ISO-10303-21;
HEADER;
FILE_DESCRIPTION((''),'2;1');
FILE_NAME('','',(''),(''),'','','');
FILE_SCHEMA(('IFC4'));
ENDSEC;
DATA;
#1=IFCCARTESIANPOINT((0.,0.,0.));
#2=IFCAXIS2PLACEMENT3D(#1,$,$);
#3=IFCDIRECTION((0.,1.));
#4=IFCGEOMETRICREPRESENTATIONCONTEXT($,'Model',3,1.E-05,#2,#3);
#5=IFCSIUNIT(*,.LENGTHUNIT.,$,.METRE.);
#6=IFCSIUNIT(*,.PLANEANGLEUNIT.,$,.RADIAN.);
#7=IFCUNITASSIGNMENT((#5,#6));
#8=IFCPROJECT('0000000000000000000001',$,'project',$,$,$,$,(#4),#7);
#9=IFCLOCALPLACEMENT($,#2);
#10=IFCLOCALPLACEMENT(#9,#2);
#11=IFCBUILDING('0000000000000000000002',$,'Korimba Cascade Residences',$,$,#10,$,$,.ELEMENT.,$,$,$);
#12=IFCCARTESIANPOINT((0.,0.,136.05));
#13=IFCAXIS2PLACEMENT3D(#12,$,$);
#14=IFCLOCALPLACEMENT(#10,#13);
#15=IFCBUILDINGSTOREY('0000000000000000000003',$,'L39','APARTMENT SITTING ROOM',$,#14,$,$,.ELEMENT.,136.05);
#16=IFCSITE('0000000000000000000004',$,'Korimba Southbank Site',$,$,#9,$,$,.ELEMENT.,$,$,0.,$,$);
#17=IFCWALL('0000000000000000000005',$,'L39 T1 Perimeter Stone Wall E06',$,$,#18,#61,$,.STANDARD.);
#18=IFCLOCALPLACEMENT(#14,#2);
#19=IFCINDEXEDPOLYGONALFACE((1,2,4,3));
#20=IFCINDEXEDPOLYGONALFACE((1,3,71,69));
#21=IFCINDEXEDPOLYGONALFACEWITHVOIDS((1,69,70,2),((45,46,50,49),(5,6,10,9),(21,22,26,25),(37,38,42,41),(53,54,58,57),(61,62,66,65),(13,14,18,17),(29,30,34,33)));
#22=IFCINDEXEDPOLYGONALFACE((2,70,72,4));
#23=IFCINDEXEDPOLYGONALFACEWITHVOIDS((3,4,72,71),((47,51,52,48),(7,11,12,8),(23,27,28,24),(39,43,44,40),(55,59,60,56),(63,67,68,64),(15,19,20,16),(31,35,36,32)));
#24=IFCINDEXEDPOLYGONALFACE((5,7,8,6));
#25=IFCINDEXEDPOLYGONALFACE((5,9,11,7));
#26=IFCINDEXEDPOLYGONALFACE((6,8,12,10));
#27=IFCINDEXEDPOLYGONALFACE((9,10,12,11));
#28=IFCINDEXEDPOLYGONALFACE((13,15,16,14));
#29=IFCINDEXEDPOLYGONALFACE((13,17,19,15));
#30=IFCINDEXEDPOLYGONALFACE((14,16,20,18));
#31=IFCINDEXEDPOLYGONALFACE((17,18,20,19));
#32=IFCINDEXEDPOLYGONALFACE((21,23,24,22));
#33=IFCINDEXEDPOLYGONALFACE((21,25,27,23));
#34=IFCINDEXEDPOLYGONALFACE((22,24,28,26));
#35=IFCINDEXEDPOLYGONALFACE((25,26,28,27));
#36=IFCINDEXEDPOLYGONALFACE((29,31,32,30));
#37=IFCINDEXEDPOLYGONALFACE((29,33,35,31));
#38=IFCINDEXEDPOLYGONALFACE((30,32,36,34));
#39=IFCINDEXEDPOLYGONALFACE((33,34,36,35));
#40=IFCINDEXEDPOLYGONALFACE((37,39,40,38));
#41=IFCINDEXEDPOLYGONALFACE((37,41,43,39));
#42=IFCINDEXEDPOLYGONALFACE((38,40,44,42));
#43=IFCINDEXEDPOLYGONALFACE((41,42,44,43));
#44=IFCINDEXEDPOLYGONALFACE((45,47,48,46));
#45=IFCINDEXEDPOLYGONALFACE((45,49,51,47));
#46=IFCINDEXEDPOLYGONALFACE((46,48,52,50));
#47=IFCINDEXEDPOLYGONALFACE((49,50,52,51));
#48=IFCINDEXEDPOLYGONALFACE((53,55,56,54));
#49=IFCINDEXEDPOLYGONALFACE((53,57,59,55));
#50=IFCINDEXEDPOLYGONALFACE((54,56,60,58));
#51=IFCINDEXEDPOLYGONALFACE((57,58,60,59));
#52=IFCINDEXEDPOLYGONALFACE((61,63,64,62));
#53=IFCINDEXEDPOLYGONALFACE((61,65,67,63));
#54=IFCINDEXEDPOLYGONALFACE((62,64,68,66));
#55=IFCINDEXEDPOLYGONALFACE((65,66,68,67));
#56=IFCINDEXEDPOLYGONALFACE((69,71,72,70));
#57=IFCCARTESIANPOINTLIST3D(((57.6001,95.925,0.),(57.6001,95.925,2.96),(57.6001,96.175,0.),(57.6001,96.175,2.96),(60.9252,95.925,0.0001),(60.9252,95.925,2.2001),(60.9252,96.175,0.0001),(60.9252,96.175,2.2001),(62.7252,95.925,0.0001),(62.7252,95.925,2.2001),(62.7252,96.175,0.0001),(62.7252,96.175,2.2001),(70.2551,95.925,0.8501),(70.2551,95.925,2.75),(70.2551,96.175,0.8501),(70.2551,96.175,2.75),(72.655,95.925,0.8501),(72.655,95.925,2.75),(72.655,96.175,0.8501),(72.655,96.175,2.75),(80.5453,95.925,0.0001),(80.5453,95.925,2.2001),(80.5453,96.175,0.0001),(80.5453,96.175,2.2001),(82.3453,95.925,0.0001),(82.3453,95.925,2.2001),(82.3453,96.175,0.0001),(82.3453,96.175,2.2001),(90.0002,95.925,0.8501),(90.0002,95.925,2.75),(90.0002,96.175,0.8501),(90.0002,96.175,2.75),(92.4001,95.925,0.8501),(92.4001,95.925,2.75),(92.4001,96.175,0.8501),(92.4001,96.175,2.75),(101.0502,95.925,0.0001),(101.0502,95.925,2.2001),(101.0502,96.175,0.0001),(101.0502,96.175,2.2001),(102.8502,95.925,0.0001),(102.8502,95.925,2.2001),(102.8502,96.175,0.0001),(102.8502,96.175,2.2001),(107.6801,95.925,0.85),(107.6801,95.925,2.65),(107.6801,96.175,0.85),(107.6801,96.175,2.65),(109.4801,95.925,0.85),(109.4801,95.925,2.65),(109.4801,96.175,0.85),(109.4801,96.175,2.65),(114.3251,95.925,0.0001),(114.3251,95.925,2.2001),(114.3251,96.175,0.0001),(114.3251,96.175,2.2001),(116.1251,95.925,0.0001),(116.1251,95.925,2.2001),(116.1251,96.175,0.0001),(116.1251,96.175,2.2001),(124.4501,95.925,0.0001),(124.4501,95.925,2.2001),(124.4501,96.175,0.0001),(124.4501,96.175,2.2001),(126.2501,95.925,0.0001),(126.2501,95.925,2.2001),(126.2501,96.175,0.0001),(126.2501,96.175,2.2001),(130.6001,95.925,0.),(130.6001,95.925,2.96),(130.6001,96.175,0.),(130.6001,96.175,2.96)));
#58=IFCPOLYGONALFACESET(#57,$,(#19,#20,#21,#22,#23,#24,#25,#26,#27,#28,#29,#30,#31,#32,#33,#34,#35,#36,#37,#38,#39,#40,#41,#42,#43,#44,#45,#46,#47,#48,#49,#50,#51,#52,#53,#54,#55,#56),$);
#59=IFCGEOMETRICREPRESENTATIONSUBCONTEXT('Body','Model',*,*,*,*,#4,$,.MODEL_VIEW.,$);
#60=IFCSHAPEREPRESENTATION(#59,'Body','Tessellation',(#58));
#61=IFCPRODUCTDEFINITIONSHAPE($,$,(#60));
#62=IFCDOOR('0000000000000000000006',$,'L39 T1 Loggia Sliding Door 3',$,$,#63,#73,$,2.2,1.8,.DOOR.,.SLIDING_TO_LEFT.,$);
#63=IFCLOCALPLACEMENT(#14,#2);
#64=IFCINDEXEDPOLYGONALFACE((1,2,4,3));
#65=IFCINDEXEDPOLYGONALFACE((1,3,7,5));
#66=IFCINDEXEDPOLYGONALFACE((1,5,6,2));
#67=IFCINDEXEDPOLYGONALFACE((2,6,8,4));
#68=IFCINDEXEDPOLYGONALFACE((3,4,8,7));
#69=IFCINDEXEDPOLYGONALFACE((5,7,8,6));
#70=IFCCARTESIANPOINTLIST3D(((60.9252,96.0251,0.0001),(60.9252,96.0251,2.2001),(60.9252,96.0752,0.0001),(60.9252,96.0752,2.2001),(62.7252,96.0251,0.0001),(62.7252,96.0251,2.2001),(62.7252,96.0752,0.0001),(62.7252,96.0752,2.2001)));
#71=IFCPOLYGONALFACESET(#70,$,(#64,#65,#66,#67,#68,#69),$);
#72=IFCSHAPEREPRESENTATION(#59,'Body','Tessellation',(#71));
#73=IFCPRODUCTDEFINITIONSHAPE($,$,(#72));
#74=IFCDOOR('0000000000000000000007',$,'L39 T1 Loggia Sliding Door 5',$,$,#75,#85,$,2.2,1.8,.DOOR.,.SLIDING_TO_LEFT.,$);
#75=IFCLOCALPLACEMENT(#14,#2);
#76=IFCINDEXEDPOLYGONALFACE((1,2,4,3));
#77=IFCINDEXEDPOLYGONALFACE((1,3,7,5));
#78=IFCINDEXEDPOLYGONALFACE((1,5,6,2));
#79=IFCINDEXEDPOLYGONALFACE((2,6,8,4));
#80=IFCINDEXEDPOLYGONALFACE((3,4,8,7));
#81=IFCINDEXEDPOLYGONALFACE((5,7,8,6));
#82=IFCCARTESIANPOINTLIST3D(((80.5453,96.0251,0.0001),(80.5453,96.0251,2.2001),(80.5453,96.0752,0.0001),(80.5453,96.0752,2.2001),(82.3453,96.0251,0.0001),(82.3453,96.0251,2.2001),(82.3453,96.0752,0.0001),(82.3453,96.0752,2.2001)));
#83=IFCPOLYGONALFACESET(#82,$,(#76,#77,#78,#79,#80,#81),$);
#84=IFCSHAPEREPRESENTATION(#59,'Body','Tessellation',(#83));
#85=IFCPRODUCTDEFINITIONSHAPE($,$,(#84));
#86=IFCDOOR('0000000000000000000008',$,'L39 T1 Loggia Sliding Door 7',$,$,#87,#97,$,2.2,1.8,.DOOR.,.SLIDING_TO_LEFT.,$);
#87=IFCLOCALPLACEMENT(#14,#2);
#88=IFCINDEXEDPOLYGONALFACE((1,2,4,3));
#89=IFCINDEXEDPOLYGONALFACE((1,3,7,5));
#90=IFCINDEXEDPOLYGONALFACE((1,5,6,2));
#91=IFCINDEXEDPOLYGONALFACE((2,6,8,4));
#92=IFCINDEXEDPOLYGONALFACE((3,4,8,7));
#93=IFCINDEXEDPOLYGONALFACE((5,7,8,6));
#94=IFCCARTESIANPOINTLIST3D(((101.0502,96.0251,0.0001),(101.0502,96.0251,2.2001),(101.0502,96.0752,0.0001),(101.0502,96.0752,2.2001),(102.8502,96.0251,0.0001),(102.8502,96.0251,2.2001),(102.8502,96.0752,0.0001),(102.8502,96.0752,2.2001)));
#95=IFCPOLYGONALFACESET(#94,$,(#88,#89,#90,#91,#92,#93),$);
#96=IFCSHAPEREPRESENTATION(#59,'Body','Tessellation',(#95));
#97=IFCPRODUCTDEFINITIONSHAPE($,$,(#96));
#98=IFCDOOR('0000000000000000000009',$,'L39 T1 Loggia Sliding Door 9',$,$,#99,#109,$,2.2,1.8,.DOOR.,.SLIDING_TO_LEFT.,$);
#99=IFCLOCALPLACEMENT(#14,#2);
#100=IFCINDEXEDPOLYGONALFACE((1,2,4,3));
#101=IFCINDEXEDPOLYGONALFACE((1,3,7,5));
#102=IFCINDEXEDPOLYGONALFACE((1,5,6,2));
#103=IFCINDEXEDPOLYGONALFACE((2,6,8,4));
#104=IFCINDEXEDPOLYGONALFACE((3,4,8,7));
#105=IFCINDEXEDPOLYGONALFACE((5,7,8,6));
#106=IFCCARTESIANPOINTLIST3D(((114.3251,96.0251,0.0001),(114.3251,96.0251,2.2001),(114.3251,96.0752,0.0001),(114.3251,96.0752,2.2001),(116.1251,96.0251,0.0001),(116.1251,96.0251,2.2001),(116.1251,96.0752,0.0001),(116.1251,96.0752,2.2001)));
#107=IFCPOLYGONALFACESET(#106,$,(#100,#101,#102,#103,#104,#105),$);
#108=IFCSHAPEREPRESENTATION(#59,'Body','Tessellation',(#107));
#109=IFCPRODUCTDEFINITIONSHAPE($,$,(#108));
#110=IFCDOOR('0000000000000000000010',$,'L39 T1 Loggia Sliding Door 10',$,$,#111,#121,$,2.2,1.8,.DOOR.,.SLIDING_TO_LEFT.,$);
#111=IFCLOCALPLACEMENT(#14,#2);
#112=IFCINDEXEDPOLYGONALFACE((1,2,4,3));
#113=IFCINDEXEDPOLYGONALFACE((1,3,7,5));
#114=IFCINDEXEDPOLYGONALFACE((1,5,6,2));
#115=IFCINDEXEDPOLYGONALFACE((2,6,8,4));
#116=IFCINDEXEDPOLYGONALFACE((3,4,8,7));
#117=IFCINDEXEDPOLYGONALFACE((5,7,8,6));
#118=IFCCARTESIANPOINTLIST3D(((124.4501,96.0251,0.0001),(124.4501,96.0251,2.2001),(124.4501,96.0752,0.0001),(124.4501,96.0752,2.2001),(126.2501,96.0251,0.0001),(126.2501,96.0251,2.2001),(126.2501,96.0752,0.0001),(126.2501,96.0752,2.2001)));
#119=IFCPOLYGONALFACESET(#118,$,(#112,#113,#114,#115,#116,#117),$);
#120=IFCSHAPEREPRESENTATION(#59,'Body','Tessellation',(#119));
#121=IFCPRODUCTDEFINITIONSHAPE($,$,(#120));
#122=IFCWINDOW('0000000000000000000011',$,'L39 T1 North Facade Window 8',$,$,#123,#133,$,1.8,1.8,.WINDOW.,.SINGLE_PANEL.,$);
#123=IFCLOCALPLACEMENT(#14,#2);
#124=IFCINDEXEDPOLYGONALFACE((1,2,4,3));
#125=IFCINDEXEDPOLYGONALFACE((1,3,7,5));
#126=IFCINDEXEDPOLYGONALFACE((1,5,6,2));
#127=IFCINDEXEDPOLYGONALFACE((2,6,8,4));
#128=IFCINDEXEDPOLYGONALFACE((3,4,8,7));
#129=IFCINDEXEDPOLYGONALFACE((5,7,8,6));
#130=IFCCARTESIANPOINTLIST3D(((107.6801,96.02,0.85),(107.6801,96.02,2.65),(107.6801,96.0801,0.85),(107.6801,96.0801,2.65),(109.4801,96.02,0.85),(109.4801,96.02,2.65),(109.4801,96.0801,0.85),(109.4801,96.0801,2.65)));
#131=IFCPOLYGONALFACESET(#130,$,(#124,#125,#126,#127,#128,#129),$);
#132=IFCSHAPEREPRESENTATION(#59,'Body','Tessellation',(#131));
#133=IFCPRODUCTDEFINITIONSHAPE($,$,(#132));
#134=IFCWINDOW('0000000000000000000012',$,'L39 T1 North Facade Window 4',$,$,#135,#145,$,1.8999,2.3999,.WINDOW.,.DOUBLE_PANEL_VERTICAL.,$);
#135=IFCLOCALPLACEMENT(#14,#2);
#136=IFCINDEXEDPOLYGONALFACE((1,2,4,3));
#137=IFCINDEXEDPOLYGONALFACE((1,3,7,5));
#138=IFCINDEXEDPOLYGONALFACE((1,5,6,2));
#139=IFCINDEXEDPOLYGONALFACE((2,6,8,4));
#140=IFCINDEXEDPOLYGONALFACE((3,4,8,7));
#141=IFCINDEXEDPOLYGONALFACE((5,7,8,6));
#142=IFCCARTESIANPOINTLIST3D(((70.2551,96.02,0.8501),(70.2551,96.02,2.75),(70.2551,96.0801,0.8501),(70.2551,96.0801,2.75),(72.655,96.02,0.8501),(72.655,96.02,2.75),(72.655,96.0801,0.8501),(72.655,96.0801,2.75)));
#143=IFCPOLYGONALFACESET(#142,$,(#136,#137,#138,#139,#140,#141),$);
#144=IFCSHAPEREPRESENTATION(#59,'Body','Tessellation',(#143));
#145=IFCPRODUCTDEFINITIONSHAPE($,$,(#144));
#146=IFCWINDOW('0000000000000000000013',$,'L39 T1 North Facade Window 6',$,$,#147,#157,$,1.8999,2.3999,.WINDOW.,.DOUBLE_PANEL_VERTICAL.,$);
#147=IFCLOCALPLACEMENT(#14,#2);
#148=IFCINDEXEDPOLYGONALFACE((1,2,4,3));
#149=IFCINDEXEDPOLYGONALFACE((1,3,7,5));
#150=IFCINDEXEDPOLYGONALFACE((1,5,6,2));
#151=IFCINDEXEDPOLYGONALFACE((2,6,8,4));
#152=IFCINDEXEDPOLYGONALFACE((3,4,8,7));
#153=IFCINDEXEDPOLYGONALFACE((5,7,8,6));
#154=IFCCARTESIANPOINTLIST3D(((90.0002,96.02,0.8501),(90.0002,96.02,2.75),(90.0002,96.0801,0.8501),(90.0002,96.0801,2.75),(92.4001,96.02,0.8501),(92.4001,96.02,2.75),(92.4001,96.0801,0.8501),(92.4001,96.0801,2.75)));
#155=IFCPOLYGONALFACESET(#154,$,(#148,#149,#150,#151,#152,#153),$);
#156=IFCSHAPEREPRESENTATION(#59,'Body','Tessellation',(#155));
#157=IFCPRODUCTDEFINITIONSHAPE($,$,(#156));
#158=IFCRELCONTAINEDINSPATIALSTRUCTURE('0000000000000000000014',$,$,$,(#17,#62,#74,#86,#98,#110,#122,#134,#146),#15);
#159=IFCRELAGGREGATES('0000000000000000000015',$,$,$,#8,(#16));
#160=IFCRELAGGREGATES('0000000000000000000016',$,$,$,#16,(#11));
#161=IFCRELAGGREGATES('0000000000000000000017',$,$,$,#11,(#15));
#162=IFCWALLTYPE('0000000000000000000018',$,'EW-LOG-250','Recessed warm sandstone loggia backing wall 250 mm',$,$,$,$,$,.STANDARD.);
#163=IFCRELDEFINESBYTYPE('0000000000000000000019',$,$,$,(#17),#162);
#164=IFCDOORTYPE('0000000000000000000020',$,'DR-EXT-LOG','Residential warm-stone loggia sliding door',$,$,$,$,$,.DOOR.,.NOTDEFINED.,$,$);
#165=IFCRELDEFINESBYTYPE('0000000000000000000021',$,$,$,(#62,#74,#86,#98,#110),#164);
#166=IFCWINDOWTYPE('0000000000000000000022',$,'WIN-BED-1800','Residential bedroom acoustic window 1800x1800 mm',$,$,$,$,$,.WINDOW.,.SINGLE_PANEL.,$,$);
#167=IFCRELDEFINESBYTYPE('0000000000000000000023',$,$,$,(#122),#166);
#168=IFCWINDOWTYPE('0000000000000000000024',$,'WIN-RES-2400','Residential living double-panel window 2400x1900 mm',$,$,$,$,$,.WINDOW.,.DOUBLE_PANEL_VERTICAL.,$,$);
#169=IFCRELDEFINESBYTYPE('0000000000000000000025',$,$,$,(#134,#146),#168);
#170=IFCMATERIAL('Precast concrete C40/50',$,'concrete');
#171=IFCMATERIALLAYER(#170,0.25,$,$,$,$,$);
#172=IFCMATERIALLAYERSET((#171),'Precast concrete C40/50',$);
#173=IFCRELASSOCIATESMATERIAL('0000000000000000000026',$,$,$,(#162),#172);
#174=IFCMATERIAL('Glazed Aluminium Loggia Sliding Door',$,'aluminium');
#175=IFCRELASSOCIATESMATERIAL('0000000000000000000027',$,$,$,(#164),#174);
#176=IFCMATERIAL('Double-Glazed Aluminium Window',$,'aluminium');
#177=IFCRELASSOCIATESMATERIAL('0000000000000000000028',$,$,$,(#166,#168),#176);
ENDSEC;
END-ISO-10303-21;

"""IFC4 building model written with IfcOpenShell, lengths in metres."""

from ifc_helpers import new_model, si_unit, direction, frame, frame_2d, origin, place, context, subcontext, project, spatial, rectangle, extrude, material, layer, layer_set, type_object, element, fill, save


model = new_model("IFC4")

# Units and contexts
model_context = context("Model", 3, precision=1e-05, world=origin(), true_north=direction((0.0, 1.0)))
body_context = subcontext(model_context, "Body", "Model", "MODEL_VIEW")
ifc_project = project(units=[si_unit("LENGTHUNIT", "METRE"), si_unit("PLANEANGLEUNIT", "RADIAN")], contexts=[model_context])

# Site, building, storey
site_placement = place(None, origin())
site = spatial("IfcSite", under=ifc_project, at=site_placement, Name="Korimba Southbank Site", CompositionType="ELEMENT", RefElevation=0.0)
building_placement = place(site_placement, origin())
building = spatial("IfcBuilding", under=site, at=building_placement, Name="Korimba Cascade Residences", CompositionType="ELEMENT")
storey_placement = place(building_placement, frame((0.0, 0.0, 136.05)))
storey = spatial("IfcBuildingStorey", under=building, at=storey_placement, Name="L39", Description="APARTMENT SITTING ROOM", CompositionType="ELEMENT", Elevation=136.05)

# Wall, openings, doors, windows
ifc_material_1 = material(Name="Precast concrete C40/50", Category="concrete")
ifc_layer_1 = layer(ifc_material_1, 0.25)
ifc_layer_set_1 = layer_set([ifc_layer_1], Name="Precast concrete C40/50")
wall_type_1 = type_object("IfcWallType", Name="EW-LOG-250", Description="Recessed warm sandstone loggia backing wall 250 mm", PredefinedType="STANDARD", material=ifc_layer_set_1)
wall_1_placement = place(storey_placement, frame((130.6001, 96.05, 0.0), z_axis=(0.0, 0.0, 1.0), x_axis=(-1.0, 0.0, 0.0)))
wall_1 = element("IfcWall", 1, at=wall_1_placement, inside=storey, type_object=wall_type_1, Name="L39 T1 Perimeter Stone Wall E06", PredefinedType="STANDARD", context=body_context, shape_type="SweptSolid", body=[
    extrude(rectangle(XDim=73.0, YDim=0.25, at=frame_2d((36.5, 0.0))), origin(), (0.0, 0.0, 1.0), 2.96),
])
opening_1_placement = place(wall_1_placement, frame((67.875, 0.0, 0.0)))
opening_1 = element("IfcOpeningElement", 2, at=opening_1_placement, cuts=wall_1, PredefinedType="OPENING", context=body_context, shape_type="SweptSolid", body=[
    extrude(rectangle(XDim=1.8, YDim=2.2, at=frame_2d((0.8999, 1.1001))), frame((0.0, 0.135, 0.0), z_axis=(0.0, -1.0, 0.0), x_axis=(1.0, 0.0, 0.0)), (0.0, 0.0, 1.0), 0.27),
])
opening_2_placement = place(wall_1_placement, frame((57.9451, 0.0, 0.8501)))
opening_2 = element("IfcOpeningElement", 3, at=opening_2_placement, cuts=wall_1, PredefinedType="OPENING", context=body_context, shape_type="SweptSolid", body=[
    extrude(rectangle(XDim=2.3999, YDim=1.8999, at=frame_2d((1.2, 0.95))), frame((0.0, 0.135, 0.0), z_axis=(0.0, -1.0, 0.0), x_axis=(1.0, 0.0, 0.0)), (0.0, 0.0, 1.0), 0.27),
])
opening_3_placement = place(wall_1_placement, frame((48.2549, 0.0, 0.0)))
opening_3 = element("IfcOpeningElement", 4, at=opening_3_placement, cuts=wall_1, PredefinedType="OPENING", context=body_context, shape_type="SweptSolid", body=[
    extrude(rectangle(XDim=1.8, YDim=2.2, at=frame_2d((0.8999, 1.1001))), frame((0.0, 0.135, 0.0), z_axis=(0.0, -1.0, 0.0), x_axis=(1.0, 0.0, 0.0)), (0.0, 0.0, 1.0), 0.27),
])
opening_4_placement = place(wall_1_placement, frame((38.2, 0.0, 0.8501)))
opening_4 = element("IfcOpeningElement", 5, at=opening_4_placement, cuts=wall_1, PredefinedType="OPENING", context=body_context, shape_type="SweptSolid", body=[
    extrude(rectangle(XDim=2.3999, YDim=1.8999, at=frame_2d((1.2, 0.95))), frame((0.0, 0.135, 0.0), z_axis=(0.0, -1.0, 0.0), x_axis=(1.0, 0.0, 0.0)), (0.0, 0.0, 1.0), 0.27),
])
opening_5_placement = place(wall_1_placement, frame((27.75, 0.0, 0.0)))
opening_5 = element("IfcOpeningElement", 6, at=opening_5_placement, cuts=wall_1, PredefinedType="OPENING", context=body_context, shape_type="SweptSolid", body=[
    extrude(rectangle(XDim=1.8, YDim=2.2, at=frame_2d((0.8999, 1.1001))), frame((0.0, 0.135, 0.0), z_axis=(0.0, -1.0, 0.0), x_axis=(1.0, 0.0, 0.0)), (0.0, 0.0, 1.0), 0.27),
])
opening_6_placement = place(wall_1_placement, frame((21.1201, 0.0, 0.8501)))
opening_6 = element("IfcOpeningElement", 7, at=opening_6_placement, cuts=wall_1, PredefinedType="OPENING", context=body_context, shape_type="SweptSolid", body=[
    extrude(rectangle(XDim=1.8, YDim=1.8, at=frame_2d((0.8999, 0.8999))), frame((0.0, 0.135, 0.0), z_axis=(0.0, -1.0, 0.0), x_axis=(1.0, 0.0, 0.0)), (0.0, 0.0, 1.0), 0.27),
])
opening_7_placement = place(wall_1_placement, frame((14.4751, 0.0, 0.0)))
opening_7 = element("IfcOpeningElement", 8, at=opening_7_placement, cuts=wall_1, PredefinedType="OPENING", context=body_context, shape_type="SweptSolid", body=[
    extrude(rectangle(XDim=1.8, YDim=2.2, at=frame_2d((0.8999, 1.1001))), frame((0.0, 0.135, 0.0), z_axis=(0.0, -1.0, 0.0), x_axis=(1.0, 0.0, 0.0)), (0.0, 0.0, 1.0), 0.27),
])
opening_8_placement = place(wall_1_placement, frame((4.3501, 0.0, 0.0)))
opening_8 = element("IfcOpeningElement", 9, at=opening_8_placement, cuts=wall_1, PredefinedType="OPENING", context=body_context, shape_type="SweptSolid", body=[
    extrude(rectangle(XDim=1.8, YDim=2.2, at=frame_2d((0.8999, 1.1001))), frame((0.0, 0.135, 0.0), z_axis=(0.0, -1.0, 0.0), x_axis=(1.0, 0.0, 0.0)), (0.0, 0.0, 1.0), 0.27),
])
ifc_material_2 = material(Name="Glazed Aluminium Loggia Sliding Door", Category="aluminium")
door_type_1 = type_object("IfcDoorType", Name="DR-EXT-LOG", Description="Residential warm-stone loggia sliding door", OperationType="NOTDEFINED", PredefinedType="DOOR", material=ifc_material_2)
door_1_placement = place(opening_1_placement, origin())
door_1 = element("IfcDoor", 10, at=door_1_placement, inside=storey, type_object=door_type_1, Name="L39 T1 Loggia Sliding Door 3", OperationType="SLIDING_TO_LEFT", OverallHeight=2.2, OverallWidth=1.8, PredefinedType="DOOR", context=body_context, shape_type="SweptSolid", body=[
    extrude(rectangle(XDim=1.8, YDim=2.2, at=frame_2d((0.8999, 1.1001))), frame((0.0, 0.0249, 0.0), z_axis=(0.0, -1.0, 0.0), x_axis=(1.0, 0.0, 0.0)), (0.0, 0.0, 1.0), 0.05),
])
fill(opening_1, door_1)
door_2_placement = place(opening_3_placement, origin())
door_2 = element("IfcDoor", 11, at=door_2_placement, inside=storey, type_object=door_type_1, Name="L39 T1 Loggia Sliding Door 5", OperationType="SLIDING_TO_LEFT", OverallHeight=2.2, OverallWidth=1.8, PredefinedType="DOOR", context=body_context, shape_type="SweptSolid", body=[
    extrude(rectangle(XDim=1.8, YDim=2.2, at=frame_2d((0.8999, 1.1001))), frame((0.0, 0.0249, 0.0), z_axis=(0.0, -1.0, 0.0), x_axis=(1.0, 0.0, 0.0)), (0.0, 0.0, 1.0), 0.05),
])
fill(opening_3, door_2)
door_3_placement = place(opening_5_placement, origin())
door_3 = element("IfcDoor", 12, at=door_3_placement, inside=storey, type_object=door_type_1, Name="L39 T1 Loggia Sliding Door 7", OperationType="SLIDING_TO_LEFT", OverallHeight=2.2, OverallWidth=1.8, PredefinedType="DOOR", context=body_context, shape_type="SweptSolid", body=[
    extrude(rectangle(XDim=1.8, YDim=2.2, at=frame_2d((0.8999, 1.1001))), frame((0.0, 0.0249, 0.0), z_axis=(0.0, -1.0, 0.0), x_axis=(1.0, 0.0, 0.0)), (0.0, 0.0, 1.0), 0.05),
])
fill(opening_5, door_3)
door_4_placement = place(opening_7_placement, origin())
door_4 = element("IfcDoor", 13, at=door_4_placement, inside=storey, type_object=door_type_1, Name="L39 T1 Loggia Sliding Door 9", OperationType="SLIDING_TO_LEFT", OverallHeight=2.2, OverallWidth=1.8, PredefinedType="DOOR", context=body_context, shape_type="SweptSolid", body=[
    extrude(rectangle(XDim=1.8, YDim=2.2, at=frame_2d((0.8999, 1.1001))), frame((0.0, 0.0249, 0.0), z_axis=(0.0, -1.0, 0.0), x_axis=(1.0, 0.0, 0.0)), (0.0, 0.0, 1.0), 0.05),
])
fill(opening_7, door_4)
door_5_placement = place(opening_8_placement, origin())
door_5 = element("IfcDoor", 14, at=door_5_placement, inside=storey, type_object=door_type_1, Name="L39 T1 Loggia Sliding Door 10", OperationType="SLIDING_TO_LEFT", OverallHeight=2.2, OverallWidth=1.8, PredefinedType="DOOR", context=body_context, shape_type="SweptSolid", body=[
    extrude(rectangle(XDim=1.8, YDim=2.2, at=frame_2d((0.8999, 1.1001))), frame((0.0, 0.0249, 0.0), z_axis=(0.0, -1.0, 0.0), x_axis=(1.0, 0.0, 0.0)), (0.0, 0.0, 1.0), 0.05),
])
fill(opening_8, door_5)
ifc_material_3 = material(Name="Double-Glazed Aluminium Window", Category="aluminium")
window_type_1 = type_object("IfcWindowType", Name="WIN-BED-1800", Description="Residential bedroom acoustic window 1800x1800 mm", PartitioningType="SINGLE_PANEL", PredefinedType="WINDOW", material=ifc_material_3)
window_1_placement = place(opening_6_placement, origin())
window_1 = element("IfcWindow", 15, at=window_1_placement, inside=storey, type_object=window_type_1, Name="L39 T1 North Facade Window 8", OverallHeight=1.8, OverallWidth=1.8, PartitioningType="SINGLE_PANEL", PredefinedType="WINDOW", context=body_context, shape_type="SweptSolid", body=[
    extrude(rectangle(XDim=1.8, YDim=1.8, at=frame_2d((0.8999, 0.8999))), frame((0.0, 0.03, 0.0), z_axis=(0.0, -1.0, 0.0), x_axis=(1.0, 0.0, 0.0)), (0.0, 0.0, 1.0), 0.0601),
])
fill(opening_6, window_1)
window_type_2 = type_object("IfcWindowType", Name="WIN-RES-2400", Description="Residential living double-panel window 2400x1900 mm", PartitioningType="DOUBLE_PANEL_VERTICAL", PredefinedType="WINDOW", material=ifc_material_3)
window_2_placement = place(opening_2_placement, origin())
window_2 = element("IfcWindow", 16, at=window_2_placement, inside=storey, type_object=window_type_2, Name="L39 T1 North Facade Window 4", OverallHeight=1.8999, OverallWidth=2.3999, PartitioningType="DOUBLE_PANEL_VERTICAL", PredefinedType="WINDOW", context=body_context, shape_type="SweptSolid", body=[
    extrude(rectangle(XDim=2.3999, YDim=1.8999, at=frame_2d((1.2, 0.95))), frame((0.0, 0.03, 0.0), z_axis=(0.0, -1.0, 0.0), x_axis=(1.0, 0.0, 0.0)), (0.0, 0.0, 1.0), 0.0601),
])
fill(opening_2, window_2)
window_3_placement = place(opening_4_placement, origin())
window_3 = element("IfcWindow", 17, at=window_3_placement, inside=storey, type_object=window_type_2, Name="L39 T1 North Facade Window 6", OverallHeight=1.8999, OverallWidth=2.3999, PartitioningType="DOUBLE_PANEL_VERTICAL", PredefinedType="WINDOW", context=body_context, shape_type="SweptSolid", body=[
    extrude(rectangle(XDim=2.3999, YDim=1.8999, at=frame_2d((1.2, 0.95))), frame((0.0, 0.03, 0.0), z_axis=(0.0, -1.0, 0.0), x_axis=(1.0, 0.0, 0.0)), (0.0, 0.0, 1.0), 0.0601),
])
fill(opening_4, window_3)

save(model, "model.ifc")
